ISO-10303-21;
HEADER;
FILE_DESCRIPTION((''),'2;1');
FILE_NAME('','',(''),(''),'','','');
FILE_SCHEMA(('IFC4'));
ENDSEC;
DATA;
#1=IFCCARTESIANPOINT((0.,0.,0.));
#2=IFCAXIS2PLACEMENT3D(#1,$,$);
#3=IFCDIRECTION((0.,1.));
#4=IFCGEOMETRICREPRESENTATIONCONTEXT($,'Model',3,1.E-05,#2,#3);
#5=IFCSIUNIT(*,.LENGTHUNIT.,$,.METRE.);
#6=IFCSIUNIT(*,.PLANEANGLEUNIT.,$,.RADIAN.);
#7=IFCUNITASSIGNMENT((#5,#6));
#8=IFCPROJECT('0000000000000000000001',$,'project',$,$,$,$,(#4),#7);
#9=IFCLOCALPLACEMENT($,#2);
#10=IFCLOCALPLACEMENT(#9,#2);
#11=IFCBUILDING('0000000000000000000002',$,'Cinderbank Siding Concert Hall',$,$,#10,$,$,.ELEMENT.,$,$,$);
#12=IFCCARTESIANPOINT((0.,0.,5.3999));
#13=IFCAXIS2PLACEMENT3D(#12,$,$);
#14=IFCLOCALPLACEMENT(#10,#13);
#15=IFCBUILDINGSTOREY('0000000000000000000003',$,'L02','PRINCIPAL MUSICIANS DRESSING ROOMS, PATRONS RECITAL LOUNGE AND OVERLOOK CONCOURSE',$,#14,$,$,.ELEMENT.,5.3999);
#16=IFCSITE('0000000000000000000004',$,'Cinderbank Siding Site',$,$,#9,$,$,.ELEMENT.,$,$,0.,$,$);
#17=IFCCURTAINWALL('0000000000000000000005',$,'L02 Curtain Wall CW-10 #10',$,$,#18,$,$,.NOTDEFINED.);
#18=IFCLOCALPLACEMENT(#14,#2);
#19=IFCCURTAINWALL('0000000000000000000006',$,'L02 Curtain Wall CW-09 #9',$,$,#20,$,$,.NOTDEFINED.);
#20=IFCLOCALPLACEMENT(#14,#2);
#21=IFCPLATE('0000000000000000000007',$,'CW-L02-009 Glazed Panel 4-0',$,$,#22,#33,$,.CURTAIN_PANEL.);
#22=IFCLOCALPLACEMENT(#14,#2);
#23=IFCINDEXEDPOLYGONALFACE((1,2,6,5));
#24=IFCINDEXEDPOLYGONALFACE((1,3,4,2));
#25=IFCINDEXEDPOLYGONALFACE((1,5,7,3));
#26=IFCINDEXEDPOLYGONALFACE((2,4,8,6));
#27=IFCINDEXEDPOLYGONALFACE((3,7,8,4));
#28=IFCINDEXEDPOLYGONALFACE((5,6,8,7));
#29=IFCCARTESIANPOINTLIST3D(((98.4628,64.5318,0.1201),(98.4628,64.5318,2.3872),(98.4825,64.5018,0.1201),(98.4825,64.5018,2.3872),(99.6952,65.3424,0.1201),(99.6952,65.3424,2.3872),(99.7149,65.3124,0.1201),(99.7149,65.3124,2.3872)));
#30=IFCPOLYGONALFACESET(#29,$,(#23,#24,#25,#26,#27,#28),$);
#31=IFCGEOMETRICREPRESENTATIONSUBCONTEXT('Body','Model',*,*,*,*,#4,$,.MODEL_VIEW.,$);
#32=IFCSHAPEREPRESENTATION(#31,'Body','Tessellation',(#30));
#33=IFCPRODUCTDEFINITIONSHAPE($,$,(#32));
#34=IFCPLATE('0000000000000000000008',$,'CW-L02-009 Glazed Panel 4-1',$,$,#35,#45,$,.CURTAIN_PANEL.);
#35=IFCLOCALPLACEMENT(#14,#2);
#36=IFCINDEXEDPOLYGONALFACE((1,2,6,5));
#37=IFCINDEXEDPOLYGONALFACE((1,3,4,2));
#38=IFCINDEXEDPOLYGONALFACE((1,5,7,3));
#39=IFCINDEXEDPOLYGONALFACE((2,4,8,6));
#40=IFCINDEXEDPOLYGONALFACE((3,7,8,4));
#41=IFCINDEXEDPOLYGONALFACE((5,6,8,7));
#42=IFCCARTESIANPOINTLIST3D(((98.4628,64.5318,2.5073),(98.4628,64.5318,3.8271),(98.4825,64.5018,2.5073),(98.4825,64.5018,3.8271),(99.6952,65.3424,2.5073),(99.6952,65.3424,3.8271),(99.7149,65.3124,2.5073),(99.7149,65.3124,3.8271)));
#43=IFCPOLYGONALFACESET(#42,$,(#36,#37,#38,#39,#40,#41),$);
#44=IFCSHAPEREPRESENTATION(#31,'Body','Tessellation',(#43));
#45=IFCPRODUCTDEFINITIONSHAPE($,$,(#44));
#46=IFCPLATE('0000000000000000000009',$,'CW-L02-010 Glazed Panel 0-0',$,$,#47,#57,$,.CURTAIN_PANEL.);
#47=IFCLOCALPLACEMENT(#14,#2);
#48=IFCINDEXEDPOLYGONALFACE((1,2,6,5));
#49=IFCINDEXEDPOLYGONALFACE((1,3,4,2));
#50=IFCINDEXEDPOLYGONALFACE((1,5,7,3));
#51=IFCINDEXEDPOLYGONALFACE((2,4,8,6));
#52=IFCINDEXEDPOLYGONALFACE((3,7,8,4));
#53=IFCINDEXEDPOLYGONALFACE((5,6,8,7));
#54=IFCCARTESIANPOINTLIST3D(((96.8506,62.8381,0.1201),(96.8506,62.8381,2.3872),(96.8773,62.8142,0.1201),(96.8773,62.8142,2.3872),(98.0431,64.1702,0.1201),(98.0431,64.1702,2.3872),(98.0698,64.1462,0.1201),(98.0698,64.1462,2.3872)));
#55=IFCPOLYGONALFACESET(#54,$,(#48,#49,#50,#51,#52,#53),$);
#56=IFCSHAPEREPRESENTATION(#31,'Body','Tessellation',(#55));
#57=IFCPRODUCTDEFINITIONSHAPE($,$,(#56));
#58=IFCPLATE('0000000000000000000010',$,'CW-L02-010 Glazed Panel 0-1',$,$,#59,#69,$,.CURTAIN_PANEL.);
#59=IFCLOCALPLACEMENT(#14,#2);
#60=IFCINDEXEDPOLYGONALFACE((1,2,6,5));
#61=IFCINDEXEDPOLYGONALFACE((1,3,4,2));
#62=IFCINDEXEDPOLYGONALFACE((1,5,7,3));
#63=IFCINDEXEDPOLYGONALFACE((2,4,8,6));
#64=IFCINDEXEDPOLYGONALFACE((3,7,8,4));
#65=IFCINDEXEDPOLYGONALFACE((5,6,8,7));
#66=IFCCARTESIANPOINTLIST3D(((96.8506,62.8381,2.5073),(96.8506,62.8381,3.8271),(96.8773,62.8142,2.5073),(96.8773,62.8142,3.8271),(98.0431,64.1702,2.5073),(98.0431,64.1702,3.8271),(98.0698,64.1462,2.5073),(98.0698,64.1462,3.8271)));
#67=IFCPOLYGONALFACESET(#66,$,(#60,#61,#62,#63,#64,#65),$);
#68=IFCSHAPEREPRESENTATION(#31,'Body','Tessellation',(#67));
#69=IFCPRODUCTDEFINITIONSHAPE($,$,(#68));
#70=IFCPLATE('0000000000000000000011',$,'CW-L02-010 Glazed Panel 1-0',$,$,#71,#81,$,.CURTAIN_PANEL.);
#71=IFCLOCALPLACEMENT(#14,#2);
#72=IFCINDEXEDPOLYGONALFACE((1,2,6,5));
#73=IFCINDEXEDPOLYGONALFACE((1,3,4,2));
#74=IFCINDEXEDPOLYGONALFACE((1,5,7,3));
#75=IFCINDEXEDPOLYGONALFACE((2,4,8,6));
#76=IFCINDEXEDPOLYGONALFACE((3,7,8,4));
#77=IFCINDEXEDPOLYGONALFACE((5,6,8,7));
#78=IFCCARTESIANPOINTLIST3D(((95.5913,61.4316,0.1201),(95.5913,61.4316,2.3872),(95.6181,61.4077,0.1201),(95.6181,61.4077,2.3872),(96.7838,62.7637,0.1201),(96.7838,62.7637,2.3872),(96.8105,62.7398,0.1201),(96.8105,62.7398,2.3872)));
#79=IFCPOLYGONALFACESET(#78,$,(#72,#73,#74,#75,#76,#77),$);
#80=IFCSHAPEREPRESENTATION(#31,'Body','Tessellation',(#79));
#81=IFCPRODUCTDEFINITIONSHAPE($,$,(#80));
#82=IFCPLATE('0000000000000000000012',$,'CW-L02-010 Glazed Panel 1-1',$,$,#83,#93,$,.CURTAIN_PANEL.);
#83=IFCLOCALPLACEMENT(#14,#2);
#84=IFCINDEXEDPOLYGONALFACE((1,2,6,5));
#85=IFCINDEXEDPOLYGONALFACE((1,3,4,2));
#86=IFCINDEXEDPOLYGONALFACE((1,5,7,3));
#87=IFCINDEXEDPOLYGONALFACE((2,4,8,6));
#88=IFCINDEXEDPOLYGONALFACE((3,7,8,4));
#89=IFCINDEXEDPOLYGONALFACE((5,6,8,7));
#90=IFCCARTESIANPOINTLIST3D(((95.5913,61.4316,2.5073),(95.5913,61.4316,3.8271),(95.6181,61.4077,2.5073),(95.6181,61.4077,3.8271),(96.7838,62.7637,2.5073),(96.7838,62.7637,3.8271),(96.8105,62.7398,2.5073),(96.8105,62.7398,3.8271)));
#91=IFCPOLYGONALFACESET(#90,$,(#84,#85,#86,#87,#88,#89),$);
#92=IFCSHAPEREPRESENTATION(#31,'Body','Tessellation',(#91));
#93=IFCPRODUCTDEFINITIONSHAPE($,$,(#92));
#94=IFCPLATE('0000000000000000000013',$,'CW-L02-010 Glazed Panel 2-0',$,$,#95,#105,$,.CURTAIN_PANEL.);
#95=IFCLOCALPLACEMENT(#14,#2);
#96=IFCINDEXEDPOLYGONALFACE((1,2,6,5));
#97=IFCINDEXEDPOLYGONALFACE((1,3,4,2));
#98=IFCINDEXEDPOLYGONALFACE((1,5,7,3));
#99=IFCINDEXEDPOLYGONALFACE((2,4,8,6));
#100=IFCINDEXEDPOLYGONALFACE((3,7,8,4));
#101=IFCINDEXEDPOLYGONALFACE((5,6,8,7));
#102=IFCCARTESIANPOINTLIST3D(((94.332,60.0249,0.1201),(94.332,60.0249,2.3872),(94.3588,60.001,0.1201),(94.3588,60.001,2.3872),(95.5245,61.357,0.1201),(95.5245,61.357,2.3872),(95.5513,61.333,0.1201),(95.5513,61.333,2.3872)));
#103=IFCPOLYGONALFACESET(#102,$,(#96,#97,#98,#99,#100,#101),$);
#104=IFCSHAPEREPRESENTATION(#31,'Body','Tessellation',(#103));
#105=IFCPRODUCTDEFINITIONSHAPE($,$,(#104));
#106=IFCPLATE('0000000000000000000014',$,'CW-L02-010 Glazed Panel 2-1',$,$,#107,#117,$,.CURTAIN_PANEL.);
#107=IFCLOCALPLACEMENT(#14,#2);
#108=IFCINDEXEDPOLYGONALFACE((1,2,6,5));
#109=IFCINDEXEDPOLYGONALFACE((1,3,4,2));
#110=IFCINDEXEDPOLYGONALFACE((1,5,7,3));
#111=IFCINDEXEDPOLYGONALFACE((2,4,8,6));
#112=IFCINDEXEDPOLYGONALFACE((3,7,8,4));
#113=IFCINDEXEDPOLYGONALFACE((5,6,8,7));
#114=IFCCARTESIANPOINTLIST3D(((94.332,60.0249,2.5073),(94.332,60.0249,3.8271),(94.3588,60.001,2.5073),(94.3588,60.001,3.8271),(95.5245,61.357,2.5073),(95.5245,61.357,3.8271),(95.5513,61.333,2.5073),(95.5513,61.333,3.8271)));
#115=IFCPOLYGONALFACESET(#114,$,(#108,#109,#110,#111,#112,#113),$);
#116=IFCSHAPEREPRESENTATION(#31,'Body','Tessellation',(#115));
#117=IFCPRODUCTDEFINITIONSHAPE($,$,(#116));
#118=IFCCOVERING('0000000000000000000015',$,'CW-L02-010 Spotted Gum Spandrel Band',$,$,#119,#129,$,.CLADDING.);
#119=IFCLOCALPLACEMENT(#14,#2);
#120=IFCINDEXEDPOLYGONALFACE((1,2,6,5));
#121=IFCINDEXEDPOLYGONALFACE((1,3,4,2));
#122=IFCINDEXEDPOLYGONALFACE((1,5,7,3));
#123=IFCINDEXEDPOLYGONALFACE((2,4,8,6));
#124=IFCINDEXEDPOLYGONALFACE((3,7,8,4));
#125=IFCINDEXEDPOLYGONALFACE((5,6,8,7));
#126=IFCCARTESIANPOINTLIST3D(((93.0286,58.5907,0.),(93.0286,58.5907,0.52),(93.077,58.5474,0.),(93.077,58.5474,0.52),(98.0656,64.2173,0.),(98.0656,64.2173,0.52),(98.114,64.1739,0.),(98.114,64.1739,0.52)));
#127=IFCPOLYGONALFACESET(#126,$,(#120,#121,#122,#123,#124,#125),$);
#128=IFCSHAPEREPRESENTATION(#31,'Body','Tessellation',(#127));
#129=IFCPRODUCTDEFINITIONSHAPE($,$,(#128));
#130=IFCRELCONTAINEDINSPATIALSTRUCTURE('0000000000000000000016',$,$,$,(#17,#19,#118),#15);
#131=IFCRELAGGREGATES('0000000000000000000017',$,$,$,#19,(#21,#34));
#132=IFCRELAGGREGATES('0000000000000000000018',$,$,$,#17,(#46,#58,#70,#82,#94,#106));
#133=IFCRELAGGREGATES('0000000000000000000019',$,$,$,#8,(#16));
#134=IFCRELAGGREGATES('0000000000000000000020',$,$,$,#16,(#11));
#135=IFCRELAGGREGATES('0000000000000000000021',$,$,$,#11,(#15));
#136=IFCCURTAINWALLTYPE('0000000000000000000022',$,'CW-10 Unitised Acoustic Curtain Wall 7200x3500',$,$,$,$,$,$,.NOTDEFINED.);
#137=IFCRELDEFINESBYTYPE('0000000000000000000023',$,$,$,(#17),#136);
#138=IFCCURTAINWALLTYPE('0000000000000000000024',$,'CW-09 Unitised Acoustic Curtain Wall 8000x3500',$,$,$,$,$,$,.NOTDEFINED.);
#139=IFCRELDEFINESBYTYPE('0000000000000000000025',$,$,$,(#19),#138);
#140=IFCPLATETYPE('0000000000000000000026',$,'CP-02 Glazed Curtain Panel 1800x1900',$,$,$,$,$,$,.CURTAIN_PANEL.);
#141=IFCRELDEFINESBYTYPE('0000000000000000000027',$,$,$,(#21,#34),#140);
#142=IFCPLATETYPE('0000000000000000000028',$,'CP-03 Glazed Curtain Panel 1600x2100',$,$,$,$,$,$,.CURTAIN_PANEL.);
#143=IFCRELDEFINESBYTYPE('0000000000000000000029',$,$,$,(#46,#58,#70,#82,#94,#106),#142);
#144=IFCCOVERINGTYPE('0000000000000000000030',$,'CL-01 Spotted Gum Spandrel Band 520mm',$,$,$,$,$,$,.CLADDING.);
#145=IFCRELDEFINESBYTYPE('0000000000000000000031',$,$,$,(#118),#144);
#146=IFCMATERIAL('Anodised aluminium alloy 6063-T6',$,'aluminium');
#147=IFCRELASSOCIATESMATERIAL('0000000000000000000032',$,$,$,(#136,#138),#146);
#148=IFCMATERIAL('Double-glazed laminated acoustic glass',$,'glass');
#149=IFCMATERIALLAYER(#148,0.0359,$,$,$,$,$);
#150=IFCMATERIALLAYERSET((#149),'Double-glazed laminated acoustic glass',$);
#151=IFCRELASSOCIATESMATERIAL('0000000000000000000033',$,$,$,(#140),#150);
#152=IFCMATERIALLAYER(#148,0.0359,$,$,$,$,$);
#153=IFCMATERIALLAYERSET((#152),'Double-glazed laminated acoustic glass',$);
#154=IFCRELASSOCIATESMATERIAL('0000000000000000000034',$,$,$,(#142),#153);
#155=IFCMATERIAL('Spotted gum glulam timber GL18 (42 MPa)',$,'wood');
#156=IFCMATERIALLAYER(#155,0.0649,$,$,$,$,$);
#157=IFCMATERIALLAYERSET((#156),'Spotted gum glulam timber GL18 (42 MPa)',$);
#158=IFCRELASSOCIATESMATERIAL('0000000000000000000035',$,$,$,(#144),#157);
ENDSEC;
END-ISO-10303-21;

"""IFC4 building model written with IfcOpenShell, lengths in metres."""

from ifc_helpers import new_model, si_unit, direction, frame, origin, origin_2d, place, context, subcontext, project, spatial, rectangle, extrude, material, layer, layer_set, type_object, element, aggregate, save


model = new_model("IFC4")

# Units and contexts
model_context = context("Model", 3, precision=1e-05, world=origin(), true_north=direction((0.0, 1.0)))
body_context = subcontext(model_context, "Body", "Model", "MODEL_VIEW")
ifc_project = project(units=[si_unit("LENGTHUNIT", "METRE"), si_unit("PLANEANGLEUNIT", "RADIAN")], contexts=[model_context])

# Site, building, storey
site_placement = place(None, origin())
site = spatial("IfcSite", under=ifc_project, at=site_placement, Name="Cinderbank Siding Site", CompositionType="ELEMENT", RefElevation=0.0)
building_placement = place(site_placement, origin())
building = spatial("IfcBuilding", under=site, at=building_placement, Name="Cinderbank Siding Concert Hall", CompositionType="ELEMENT")
storey_placement = place(building_placement, frame((0.0, 0.0, 5.3999)))
storey = spatial("IfcBuildingStorey", under=building, at=storey_placement, Name="L02", Description="PRINCIPAL MUSICIANS DRESSING ROOMS, PATRONS RECITAL LOUNGE AND OVERLOOK CONCOURSE", CompositionType="ELEMENT", Elevation=5.3999)

# Curtain walls
ifc_material_1 = material(Name="Anodised aluminium alloy 6063-T6", Category="aluminium")
curtain_wall_type_1 = type_object("IfcCurtainWallType", Name="CW-10 Unitised Acoustic Curtain Wall 7200x3500", PredefinedType="NOTDEFINED", material=ifc_material_1)
curtain_wall_1_placement = place(storey_placement, origin())
curtain_wall_1 = element("IfcCurtainWall", 1, at=curtain_wall_1_placement, inside=storey, type_object=curtain_wall_type_1, Name="L02 Curtain Wall CW-10 #10", PredefinedType="NOTDEFINED")
curtain_wall_type_2 = type_object("IfcCurtainWallType", Name="CW-09 Unitised Acoustic Curtain Wall 8000x3500", PredefinedType="NOTDEFINED", material=ifc_material_1)
curtain_wall_2_placement = place(storey_placement, origin())
curtain_wall_2 = element("IfcCurtainWall", 2, at=curtain_wall_2_placement, inside=storey, type_object=curtain_wall_type_2, Name="L02 Curtain Wall CW-09 #9", PredefinedType="NOTDEFINED")

# Shared definitions
ifc_material_2 = material(Name="Spotted gum glulam timber GL18 (42 MPa)", Category="wood")

# Plates
ifc_material_3 = material(Name="Double-glazed laminated acoustic glass", Category="glass")
ifc_layer_1 = layer(ifc_material_3, 0.0359)
ifc_layer_set_1 = layer_set([ifc_layer_1], Name="Double-glazed laminated acoustic glass")
plate_type_1 = type_object("IfcPlateType", Name="CP-02 Glazed Curtain Panel 1800x1900", PredefinedType="CURTAIN_PANEL", material=ifc_layer_set_1)
plate_1_placement = place(storey_placement, frame((99.0889, 64.9221, 0.1201), z_axis=(0.0, 0.0, 1.0), x_axis=(-0.835492, -0.549503, 0.0)))
plate_1 = element("IfcPlate", 3, at=plate_1_placement, type_object=plate_type_1, Name="CW-L02-009 Glazed Panel 4-0", PredefinedType="CURTAIN_PANEL", context=body_context, shape_type="SweptSolid", body=[
    extrude(rectangle(XDim=1.4751, YDim=0.0359, at=origin_2d()), origin(), (0.0, 0.0, 1.0), 2.2671),
])
plate_2_placement = place(storey_placement, frame((99.0889, 64.9221, 2.5073), z_axis=(0.0, 0.0, 1.0), x_axis=(-0.835492, -0.549503, 0.0)))
plate_2 = element("IfcPlate", 4, at=plate_2_placement, type_object=plate_type_1, Name="CW-L02-009 Glazed Panel 4-1", PredefinedType="CURTAIN_PANEL", context=body_context, shape_type="SweptSolid", body=[
    extrude(rectangle(XDim=1.4751, YDim=0.0359, at=origin_2d()), origin(), (0.0, 0.0, 1.0), 1.3198),
])
aggregate(curtain_wall_2, [plate_1, plate_2])
ifc_layer_2 = layer(ifc_material_3, 0.0359)
ifc_layer_set_2 = layer_set([ifc_layer_2], Name="Double-glazed laminated acoustic glass")
plate_type_2 = type_object("IfcPlateType", Name="CP-03 Glazed Curtain Panel 1600x2100", PredefinedType="CURTAIN_PANEL", material=ifc_layer_set_2)
plate_3_placement = place(storey_placement, frame((97.4602, 63.4922, 0.1201), z_axis=(0.0, 0.0, 1.0), x_axis=(-0.666993, -0.745064, 0.0)))
plate_3 = element("IfcPlate", 5, at=plate_3_placement, type_object=plate_type_2, Name="CW-L02-010 Glazed Panel 0-0", PredefinedType="CURTAIN_PANEL", context=body_context, shape_type="SweptSolid", body=[
    extrude(rectangle(XDim=1.7878, YDim=0.0359, at=origin_2d()), origin(), (0.0, 0.0, 1.0), 2.2671),
])
plate_4_placement = place(storey_placement, frame((97.4602, 63.4922, 2.5073), z_axis=(0.0, 0.0, 1.0), x_axis=(-0.666993, -0.745064, 0.0)))
plate_4 = element("IfcPlate", 6, at=plate_4_placement, type_object=plate_type_2, Name="CW-L02-010 Glazed Panel 0-1", PredefinedType="CURTAIN_PANEL", context=body_context, shape_type="SweptSolid", body=[
    extrude(rectangle(XDim=1.7878, YDim=0.0359, at=origin_2d()), origin(), (0.0, 0.0, 1.0), 1.3198),
])
plate_5_placement = place(storey_placement, frame((96.2009, 62.0857, 0.1201), z_axis=(0.0, 0.0, 1.0), x_axis=(-0.666993, -0.745064, 0.0)))
plate_5 = element("IfcPlate", 7, at=plate_5_placement, type_object=plate_type_2, Name="CW-L02-010 Glazed Panel 1-0", PredefinedType="CURTAIN_PANEL", context=body_context, shape_type="SweptSolid", body=[
    extrude(rectangle(XDim=1.7878, YDim=0.0359, at=origin_2d()), origin(), (0.0, 0.0, 1.0), 2.2671),
])
plate_6_placement = place(storey_placement, frame((96.2009, 62.0857, 2.5073), z_axis=(0.0, 0.0, 1.0), x_axis=(-0.666993, -0.745064, 0.0)))
plate_6 = element("IfcPlate", 8, at=plate_6_placement, type_object=plate_type_2, Name="CW-L02-010 Glazed Panel 1-1", PredefinedType="CURTAIN_PANEL", context=body_context, shape_type="SweptSolid", body=[
    extrude(rectangle(XDim=1.7878, YDim=0.0359, at=origin_2d()), origin(), (0.0, 0.0, 1.0), 1.3198),
])
plate_7_placement = place(storey_placement, frame((94.9417, 60.679, 0.1201), z_axis=(0.0, 0.0, 1.0), x_axis=(-0.666993, -0.745064, 0.0)))
plate_7 = element("IfcPlate", 9, at=plate_7_placement, type_object=plate_type_2, Name="CW-L02-010 Glazed Panel 2-0", PredefinedType="CURTAIN_PANEL", context=body_context, shape_type="SweptSolid", body=[
    extrude(rectangle(XDim=1.7878, YDim=0.0359, at=origin_2d()), origin(), (0.0, 0.0, 1.0), 2.2671),
])
plate_8_placement = place(storey_placement, frame((94.9417, 60.679, 2.5073), z_axis=(0.0, 0.0, 1.0), x_axis=(-0.666993, -0.745064, 0.0)))
plate_8 = element("IfcPlate", 10, at=plate_8_placement, type_object=plate_type_2, Name="CW-L02-010 Glazed Panel 2-1", PredefinedType="CURTAIN_PANEL", context=body_context, shape_type="SweptSolid", body=[
    extrude(rectangle(XDim=1.7878, YDim=0.0359, at=origin_2d()), origin(), (0.0, 0.0, 1.0), 1.3198),
])
aggregate(curtain_wall_1, [plate_3, plate_4, plate_5, plate_6, plate_7, plate_8])

# Covering
ifc_layer_3 = layer(ifc_material_2, 0.0649)
ifc_layer_set_3 = layer_set([ifc_layer_3], Name="Spotted gum glulam timber GL18 (42 MPa)")
covering_type = type_object("IfcCoveringType", Name="CL-01 Spotted Gum Spandrel Band 520mm", PredefinedType="CLADDING", material=ifc_layer_set_3)
covering_placement = place(storey_placement, frame((95.5713, 61.3823, 0.0), z_axis=(0.0, 0.0, 1.0), x_axis=(-0.666993, -0.745064, 0.0)))
element("IfcCovering", 11, at=covering_placement, inside=storey, type_object=covering_type, Name="CW-L02-010 Spotted Gum Spandrel Band", PredefinedType="CLADDING", context=body_context, shape_type="SweptSolid", body=[
    extrude(rectangle(XDim=7.5518, YDim=0.0649, at=origin_2d()), origin(), (0.0, 0.0, 1.0), 0.52),
])

save(model, "model.ifc")
